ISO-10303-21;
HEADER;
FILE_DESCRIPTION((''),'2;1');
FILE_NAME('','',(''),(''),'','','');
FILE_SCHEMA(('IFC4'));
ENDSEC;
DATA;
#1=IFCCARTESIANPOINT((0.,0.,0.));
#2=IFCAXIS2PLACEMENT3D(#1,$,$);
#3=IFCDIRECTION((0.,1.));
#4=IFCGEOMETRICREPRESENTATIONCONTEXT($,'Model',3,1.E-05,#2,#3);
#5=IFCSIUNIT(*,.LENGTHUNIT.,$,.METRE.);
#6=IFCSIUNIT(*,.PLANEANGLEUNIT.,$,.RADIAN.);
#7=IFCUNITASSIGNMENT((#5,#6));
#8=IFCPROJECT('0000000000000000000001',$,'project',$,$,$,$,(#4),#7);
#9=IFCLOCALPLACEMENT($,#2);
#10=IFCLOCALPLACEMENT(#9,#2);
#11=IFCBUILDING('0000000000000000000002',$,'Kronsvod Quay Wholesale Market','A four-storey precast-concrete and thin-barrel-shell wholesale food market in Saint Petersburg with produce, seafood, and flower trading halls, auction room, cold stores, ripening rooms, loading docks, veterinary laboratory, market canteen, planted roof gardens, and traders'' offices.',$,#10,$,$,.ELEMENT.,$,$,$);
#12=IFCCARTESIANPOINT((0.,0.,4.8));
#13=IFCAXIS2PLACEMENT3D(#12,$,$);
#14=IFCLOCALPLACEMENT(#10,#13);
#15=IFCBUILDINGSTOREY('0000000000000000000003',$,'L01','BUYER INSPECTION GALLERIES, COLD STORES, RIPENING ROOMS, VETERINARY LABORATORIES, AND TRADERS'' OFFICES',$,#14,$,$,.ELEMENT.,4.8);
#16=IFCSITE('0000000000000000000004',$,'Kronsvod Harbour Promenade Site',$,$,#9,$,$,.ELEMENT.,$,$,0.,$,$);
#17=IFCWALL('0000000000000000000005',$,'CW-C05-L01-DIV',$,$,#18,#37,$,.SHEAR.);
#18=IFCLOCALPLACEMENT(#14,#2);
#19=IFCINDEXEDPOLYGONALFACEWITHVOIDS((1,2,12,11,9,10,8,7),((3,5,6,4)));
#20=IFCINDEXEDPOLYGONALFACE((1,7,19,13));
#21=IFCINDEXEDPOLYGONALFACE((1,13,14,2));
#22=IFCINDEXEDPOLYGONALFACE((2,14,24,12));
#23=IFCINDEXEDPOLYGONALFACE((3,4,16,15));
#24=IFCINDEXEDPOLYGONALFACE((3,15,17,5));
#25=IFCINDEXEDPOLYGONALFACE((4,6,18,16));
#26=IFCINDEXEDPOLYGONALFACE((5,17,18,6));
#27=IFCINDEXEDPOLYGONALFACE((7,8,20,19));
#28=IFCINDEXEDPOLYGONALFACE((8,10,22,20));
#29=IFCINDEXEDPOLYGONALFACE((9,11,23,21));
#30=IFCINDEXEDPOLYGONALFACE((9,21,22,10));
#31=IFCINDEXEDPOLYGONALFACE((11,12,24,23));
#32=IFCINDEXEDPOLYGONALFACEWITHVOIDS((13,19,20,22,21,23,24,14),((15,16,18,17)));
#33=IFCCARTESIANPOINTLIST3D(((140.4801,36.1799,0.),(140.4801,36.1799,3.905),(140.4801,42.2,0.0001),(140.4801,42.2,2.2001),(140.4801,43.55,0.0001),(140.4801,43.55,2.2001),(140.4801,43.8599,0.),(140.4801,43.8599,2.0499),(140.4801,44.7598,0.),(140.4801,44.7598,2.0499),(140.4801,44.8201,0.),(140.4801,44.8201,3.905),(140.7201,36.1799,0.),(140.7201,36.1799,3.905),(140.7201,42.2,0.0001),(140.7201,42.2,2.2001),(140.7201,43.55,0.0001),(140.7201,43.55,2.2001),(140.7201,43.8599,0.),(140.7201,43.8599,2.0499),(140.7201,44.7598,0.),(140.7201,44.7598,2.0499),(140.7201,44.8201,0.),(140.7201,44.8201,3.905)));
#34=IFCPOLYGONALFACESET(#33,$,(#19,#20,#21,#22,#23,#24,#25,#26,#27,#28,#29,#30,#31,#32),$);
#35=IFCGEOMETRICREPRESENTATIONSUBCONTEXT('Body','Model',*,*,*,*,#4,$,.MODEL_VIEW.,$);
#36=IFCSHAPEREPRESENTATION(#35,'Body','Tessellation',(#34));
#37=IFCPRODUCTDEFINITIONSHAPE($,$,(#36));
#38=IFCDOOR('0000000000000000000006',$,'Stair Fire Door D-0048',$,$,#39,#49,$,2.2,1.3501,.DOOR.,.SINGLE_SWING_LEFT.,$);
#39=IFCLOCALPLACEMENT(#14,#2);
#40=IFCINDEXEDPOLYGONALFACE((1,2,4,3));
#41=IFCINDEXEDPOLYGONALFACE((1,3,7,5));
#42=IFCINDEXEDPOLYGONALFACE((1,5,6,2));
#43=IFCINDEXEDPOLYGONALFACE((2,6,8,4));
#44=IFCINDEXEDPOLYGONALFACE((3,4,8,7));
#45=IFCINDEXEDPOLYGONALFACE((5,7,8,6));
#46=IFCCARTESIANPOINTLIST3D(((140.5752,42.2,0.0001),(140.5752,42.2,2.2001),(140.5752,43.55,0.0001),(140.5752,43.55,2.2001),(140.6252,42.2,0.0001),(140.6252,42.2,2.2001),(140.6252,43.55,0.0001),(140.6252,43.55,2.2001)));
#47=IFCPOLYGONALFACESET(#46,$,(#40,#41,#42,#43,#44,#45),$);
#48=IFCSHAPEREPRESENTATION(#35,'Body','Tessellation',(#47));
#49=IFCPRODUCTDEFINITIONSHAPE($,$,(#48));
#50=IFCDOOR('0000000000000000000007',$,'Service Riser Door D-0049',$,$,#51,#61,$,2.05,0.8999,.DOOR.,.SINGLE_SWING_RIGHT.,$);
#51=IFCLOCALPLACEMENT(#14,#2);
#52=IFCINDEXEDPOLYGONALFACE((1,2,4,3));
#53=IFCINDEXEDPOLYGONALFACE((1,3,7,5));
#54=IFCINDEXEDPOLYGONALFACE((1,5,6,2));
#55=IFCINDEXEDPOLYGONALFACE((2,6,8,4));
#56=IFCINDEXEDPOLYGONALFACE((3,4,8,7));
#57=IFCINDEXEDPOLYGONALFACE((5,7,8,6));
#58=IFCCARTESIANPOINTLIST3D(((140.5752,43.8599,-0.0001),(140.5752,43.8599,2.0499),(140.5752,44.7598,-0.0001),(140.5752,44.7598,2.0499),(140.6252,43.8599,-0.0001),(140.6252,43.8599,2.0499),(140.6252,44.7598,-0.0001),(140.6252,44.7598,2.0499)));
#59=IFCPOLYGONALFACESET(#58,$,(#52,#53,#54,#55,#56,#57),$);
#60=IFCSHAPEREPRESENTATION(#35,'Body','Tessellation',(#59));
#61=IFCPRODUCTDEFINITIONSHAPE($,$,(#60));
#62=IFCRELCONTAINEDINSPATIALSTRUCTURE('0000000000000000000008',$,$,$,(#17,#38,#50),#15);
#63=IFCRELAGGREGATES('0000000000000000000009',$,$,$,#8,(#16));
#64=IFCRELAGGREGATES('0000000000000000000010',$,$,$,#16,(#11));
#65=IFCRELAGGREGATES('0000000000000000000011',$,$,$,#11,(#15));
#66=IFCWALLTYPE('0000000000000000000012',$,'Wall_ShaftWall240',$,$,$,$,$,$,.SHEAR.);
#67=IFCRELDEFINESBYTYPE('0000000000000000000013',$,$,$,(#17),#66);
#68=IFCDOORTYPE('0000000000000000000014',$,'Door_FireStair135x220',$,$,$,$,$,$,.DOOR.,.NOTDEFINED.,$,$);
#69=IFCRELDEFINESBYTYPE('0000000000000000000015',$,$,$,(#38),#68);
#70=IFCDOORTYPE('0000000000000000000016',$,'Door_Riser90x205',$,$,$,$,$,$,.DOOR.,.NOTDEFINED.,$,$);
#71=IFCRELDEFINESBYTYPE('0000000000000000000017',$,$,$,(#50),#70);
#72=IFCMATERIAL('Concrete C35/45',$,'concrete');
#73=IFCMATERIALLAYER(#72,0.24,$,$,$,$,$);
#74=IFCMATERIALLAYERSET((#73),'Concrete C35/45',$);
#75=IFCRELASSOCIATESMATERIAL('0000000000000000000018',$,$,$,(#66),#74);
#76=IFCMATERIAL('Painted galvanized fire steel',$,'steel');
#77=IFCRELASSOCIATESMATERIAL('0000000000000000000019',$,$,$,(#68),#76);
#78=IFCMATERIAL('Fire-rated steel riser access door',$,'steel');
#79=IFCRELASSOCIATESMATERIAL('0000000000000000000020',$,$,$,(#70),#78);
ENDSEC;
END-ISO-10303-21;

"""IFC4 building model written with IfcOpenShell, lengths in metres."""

from ifc_helpers import new_model, si_unit, direction, frame, frame_2d, origin, place, context, subcontext, project, spatial, rectangle, extrude, material, layer, layer_set, type_object, element, fill, save


model = new_model("IFC4")

# Units and contexts
model_context = context("Model", 3, precision=1e-05, world=origin(), true_north=direction((0.0, 1.0)))
body_context = subcontext(model_context, "Body", "Model", "MODEL_VIEW")
ifc_project = project(units=[si_unit("LENGTHUNIT", "METRE"), si_unit("PLANEANGLEUNIT", "RADIAN")], contexts=[model_context])

# Site, building, storey
site_placement = place(None, origin())
site = spatial("IfcSite", under=ifc_project, at=site_placement, Name="Kronsvod Harbour Promenade Site", CompositionType="ELEMENT", RefElevation=0.0)
building_placement = place(site_placement, origin())
building = spatial("IfcBuilding", under=site, at=building_placement, Name="Kronsvod Quay Wholesale Market", Description="A four-storey precast-concrete and thin-barrel-shell wholesale food market in Saint Petersburg with produce, seafood, and flower trading halls, auction room, cold stores, ripening rooms, loading docks, veterinary laboratory, market canteen, planted roof gardens, and traders' offices.", CompositionType="ELEMENT")
storey_placement = place(building_placement, frame((0.0, 0.0, 4.8)))
storey = spatial("IfcBuildingStorey", under=building, at=storey_placement, Name="L01", Description="BUYER INSPECTION GALLERIES, COLD STORES, RIPENING ROOMS, VETERINARY LABORATORIES, AND TRADERS' OFFICES", CompositionType="ELEMENT", Elevation=4.8)

# Wall, openings, doors
ifc_material_1 = material(Name="Concrete C35/45", Category="concrete")
ifc_layer_1 = layer(ifc_material_1, 0.24)
ifc_layer_set_1 = layer_set([ifc_layer_1], Name="Concrete C35/45")
wall_type_1 = type_object("IfcWallType", Name="Wall_ShaftWall240", PredefinedType="SHEAR", material=ifc_layer_set_1)
wall_1_placement = place(storey_placement, frame((140.6001, 36.1799, 0.0), z_axis=(0.0, 0.0, 1.0), x_axis=(0.0, 1.0, 0.0)))
wall_1 = element("IfcWall", 1, at=wall_1_placement, inside=storey, type_object=wall_type_1, Name="CW-C05-L01-DIV", PredefinedType="SHEAR", context=body_context, shape_type="SweptSolid", body=[
    extrude(rectangle(XDim=8.6401, YDim=0.24, at=frame_2d((4.3201, 0.0))), origin(), (0.0, 0.0, 1.0), 3.905),
])
opening_1_placement = place(wall_1_placement, frame((6.02, 0.0, 0.0)))
opening_1 = element("IfcOpeningElement", 2, at=opening_1_placement, cuts=wall_1, PredefinedType="OPENING", context=body_context, shape_type="SweptSolid", body=[
    extrude(rectangle(XDim=1.3501, YDim=2.2, at=frame_2d((0.675, 1.1001))), frame((0.0, 0.1299, 0.0), z_axis=(0.0, -1.0, 0.0), x_axis=(1.0, 0.0, 0.0)), (0.0, 0.0, 1.0), 0.26),
])
opening_2_placement = place(wall_1_placement, frame((7.6799, 0.0, 0.0)))
opening_2 = element("IfcOpeningElement", 3, at=opening_2_placement, cuts=wall_1, PredefinedType="OPENING", context=body_context, shape_type="SweptSolid", body=[
    extrude(rectangle(XDim=0.8999, YDim=2.05, at=frame_2d((0.45, 1.0249))), frame((0.0, 0.1299, 0.0), z_axis=(0.0, -1.0, 0.0), x_axis=(1.0, 0.0, 0.0)), (0.0, 0.0, 1.0), 0.26),
])
ifc_material_2 = material(Name="Painted galvanized fire steel", Category="steel")
door_type_1 = type_object("IfcDoorType", Name="Door_FireStair135x220", OperationType="NOTDEFINED", PredefinedType="DOOR", material=ifc_material_2)
door_1_placement = place(opening_1_placement, origin())
door_1 = element("IfcDoor", 4, at=door_1_placement, inside=storey, type_object=door_type_1, Name="Stair Fire Door D-0048", OperationType="SINGLE_SWING_LEFT", OverallHeight=2.2, OverallWidth=1.3501, PredefinedType="DOOR", context=body_context, shape_type="SweptSolid", body=[
    extrude(rectangle(XDim=1.3501, YDim=2.2, at=frame_2d((0.675, 1.1001))), frame((0.0, 0.0249, 0.0), z_axis=(0.0, -1.0, 0.0), x_axis=(1.0, 0.0, 0.0)), (0.0, 0.0, 1.0), 0.05),
])
fill(opening_1, door_1)
ifc_material_3 = material(Name="Fire-rated steel riser access door", Category="steel")
door_type_2 = type_object("IfcDoorType", Name="Door_Riser90x205", OperationType="NOTDEFINED", PredefinedType="DOOR", material=ifc_material_3)
door_2_placement = place(opening_2_placement, origin())
door_2 = element("IfcDoor", 5, at=door_2_placement, inside=storey, type_object=door_type_2, Name="Service Riser Door D-0049", OperationType="SINGLE_SWING_RIGHT", OverallHeight=2.05, OverallWidth=0.8999, PredefinedType="DOOR", context=body_context, shape_type="SweptSolid", body=[
    extrude(rectangle(XDim=0.8999, YDim=2.05, at=frame_2d((0.45, 1.0249))), frame((0.0, 0.0249, 0.0), z_axis=(0.0, -1.0, 0.0), x_axis=(1.0, 0.0, 0.0)), (0.0, 0.0, 1.0), 0.05),
])
fill(opening_2, door_2)

save(model, "model.ifc")
